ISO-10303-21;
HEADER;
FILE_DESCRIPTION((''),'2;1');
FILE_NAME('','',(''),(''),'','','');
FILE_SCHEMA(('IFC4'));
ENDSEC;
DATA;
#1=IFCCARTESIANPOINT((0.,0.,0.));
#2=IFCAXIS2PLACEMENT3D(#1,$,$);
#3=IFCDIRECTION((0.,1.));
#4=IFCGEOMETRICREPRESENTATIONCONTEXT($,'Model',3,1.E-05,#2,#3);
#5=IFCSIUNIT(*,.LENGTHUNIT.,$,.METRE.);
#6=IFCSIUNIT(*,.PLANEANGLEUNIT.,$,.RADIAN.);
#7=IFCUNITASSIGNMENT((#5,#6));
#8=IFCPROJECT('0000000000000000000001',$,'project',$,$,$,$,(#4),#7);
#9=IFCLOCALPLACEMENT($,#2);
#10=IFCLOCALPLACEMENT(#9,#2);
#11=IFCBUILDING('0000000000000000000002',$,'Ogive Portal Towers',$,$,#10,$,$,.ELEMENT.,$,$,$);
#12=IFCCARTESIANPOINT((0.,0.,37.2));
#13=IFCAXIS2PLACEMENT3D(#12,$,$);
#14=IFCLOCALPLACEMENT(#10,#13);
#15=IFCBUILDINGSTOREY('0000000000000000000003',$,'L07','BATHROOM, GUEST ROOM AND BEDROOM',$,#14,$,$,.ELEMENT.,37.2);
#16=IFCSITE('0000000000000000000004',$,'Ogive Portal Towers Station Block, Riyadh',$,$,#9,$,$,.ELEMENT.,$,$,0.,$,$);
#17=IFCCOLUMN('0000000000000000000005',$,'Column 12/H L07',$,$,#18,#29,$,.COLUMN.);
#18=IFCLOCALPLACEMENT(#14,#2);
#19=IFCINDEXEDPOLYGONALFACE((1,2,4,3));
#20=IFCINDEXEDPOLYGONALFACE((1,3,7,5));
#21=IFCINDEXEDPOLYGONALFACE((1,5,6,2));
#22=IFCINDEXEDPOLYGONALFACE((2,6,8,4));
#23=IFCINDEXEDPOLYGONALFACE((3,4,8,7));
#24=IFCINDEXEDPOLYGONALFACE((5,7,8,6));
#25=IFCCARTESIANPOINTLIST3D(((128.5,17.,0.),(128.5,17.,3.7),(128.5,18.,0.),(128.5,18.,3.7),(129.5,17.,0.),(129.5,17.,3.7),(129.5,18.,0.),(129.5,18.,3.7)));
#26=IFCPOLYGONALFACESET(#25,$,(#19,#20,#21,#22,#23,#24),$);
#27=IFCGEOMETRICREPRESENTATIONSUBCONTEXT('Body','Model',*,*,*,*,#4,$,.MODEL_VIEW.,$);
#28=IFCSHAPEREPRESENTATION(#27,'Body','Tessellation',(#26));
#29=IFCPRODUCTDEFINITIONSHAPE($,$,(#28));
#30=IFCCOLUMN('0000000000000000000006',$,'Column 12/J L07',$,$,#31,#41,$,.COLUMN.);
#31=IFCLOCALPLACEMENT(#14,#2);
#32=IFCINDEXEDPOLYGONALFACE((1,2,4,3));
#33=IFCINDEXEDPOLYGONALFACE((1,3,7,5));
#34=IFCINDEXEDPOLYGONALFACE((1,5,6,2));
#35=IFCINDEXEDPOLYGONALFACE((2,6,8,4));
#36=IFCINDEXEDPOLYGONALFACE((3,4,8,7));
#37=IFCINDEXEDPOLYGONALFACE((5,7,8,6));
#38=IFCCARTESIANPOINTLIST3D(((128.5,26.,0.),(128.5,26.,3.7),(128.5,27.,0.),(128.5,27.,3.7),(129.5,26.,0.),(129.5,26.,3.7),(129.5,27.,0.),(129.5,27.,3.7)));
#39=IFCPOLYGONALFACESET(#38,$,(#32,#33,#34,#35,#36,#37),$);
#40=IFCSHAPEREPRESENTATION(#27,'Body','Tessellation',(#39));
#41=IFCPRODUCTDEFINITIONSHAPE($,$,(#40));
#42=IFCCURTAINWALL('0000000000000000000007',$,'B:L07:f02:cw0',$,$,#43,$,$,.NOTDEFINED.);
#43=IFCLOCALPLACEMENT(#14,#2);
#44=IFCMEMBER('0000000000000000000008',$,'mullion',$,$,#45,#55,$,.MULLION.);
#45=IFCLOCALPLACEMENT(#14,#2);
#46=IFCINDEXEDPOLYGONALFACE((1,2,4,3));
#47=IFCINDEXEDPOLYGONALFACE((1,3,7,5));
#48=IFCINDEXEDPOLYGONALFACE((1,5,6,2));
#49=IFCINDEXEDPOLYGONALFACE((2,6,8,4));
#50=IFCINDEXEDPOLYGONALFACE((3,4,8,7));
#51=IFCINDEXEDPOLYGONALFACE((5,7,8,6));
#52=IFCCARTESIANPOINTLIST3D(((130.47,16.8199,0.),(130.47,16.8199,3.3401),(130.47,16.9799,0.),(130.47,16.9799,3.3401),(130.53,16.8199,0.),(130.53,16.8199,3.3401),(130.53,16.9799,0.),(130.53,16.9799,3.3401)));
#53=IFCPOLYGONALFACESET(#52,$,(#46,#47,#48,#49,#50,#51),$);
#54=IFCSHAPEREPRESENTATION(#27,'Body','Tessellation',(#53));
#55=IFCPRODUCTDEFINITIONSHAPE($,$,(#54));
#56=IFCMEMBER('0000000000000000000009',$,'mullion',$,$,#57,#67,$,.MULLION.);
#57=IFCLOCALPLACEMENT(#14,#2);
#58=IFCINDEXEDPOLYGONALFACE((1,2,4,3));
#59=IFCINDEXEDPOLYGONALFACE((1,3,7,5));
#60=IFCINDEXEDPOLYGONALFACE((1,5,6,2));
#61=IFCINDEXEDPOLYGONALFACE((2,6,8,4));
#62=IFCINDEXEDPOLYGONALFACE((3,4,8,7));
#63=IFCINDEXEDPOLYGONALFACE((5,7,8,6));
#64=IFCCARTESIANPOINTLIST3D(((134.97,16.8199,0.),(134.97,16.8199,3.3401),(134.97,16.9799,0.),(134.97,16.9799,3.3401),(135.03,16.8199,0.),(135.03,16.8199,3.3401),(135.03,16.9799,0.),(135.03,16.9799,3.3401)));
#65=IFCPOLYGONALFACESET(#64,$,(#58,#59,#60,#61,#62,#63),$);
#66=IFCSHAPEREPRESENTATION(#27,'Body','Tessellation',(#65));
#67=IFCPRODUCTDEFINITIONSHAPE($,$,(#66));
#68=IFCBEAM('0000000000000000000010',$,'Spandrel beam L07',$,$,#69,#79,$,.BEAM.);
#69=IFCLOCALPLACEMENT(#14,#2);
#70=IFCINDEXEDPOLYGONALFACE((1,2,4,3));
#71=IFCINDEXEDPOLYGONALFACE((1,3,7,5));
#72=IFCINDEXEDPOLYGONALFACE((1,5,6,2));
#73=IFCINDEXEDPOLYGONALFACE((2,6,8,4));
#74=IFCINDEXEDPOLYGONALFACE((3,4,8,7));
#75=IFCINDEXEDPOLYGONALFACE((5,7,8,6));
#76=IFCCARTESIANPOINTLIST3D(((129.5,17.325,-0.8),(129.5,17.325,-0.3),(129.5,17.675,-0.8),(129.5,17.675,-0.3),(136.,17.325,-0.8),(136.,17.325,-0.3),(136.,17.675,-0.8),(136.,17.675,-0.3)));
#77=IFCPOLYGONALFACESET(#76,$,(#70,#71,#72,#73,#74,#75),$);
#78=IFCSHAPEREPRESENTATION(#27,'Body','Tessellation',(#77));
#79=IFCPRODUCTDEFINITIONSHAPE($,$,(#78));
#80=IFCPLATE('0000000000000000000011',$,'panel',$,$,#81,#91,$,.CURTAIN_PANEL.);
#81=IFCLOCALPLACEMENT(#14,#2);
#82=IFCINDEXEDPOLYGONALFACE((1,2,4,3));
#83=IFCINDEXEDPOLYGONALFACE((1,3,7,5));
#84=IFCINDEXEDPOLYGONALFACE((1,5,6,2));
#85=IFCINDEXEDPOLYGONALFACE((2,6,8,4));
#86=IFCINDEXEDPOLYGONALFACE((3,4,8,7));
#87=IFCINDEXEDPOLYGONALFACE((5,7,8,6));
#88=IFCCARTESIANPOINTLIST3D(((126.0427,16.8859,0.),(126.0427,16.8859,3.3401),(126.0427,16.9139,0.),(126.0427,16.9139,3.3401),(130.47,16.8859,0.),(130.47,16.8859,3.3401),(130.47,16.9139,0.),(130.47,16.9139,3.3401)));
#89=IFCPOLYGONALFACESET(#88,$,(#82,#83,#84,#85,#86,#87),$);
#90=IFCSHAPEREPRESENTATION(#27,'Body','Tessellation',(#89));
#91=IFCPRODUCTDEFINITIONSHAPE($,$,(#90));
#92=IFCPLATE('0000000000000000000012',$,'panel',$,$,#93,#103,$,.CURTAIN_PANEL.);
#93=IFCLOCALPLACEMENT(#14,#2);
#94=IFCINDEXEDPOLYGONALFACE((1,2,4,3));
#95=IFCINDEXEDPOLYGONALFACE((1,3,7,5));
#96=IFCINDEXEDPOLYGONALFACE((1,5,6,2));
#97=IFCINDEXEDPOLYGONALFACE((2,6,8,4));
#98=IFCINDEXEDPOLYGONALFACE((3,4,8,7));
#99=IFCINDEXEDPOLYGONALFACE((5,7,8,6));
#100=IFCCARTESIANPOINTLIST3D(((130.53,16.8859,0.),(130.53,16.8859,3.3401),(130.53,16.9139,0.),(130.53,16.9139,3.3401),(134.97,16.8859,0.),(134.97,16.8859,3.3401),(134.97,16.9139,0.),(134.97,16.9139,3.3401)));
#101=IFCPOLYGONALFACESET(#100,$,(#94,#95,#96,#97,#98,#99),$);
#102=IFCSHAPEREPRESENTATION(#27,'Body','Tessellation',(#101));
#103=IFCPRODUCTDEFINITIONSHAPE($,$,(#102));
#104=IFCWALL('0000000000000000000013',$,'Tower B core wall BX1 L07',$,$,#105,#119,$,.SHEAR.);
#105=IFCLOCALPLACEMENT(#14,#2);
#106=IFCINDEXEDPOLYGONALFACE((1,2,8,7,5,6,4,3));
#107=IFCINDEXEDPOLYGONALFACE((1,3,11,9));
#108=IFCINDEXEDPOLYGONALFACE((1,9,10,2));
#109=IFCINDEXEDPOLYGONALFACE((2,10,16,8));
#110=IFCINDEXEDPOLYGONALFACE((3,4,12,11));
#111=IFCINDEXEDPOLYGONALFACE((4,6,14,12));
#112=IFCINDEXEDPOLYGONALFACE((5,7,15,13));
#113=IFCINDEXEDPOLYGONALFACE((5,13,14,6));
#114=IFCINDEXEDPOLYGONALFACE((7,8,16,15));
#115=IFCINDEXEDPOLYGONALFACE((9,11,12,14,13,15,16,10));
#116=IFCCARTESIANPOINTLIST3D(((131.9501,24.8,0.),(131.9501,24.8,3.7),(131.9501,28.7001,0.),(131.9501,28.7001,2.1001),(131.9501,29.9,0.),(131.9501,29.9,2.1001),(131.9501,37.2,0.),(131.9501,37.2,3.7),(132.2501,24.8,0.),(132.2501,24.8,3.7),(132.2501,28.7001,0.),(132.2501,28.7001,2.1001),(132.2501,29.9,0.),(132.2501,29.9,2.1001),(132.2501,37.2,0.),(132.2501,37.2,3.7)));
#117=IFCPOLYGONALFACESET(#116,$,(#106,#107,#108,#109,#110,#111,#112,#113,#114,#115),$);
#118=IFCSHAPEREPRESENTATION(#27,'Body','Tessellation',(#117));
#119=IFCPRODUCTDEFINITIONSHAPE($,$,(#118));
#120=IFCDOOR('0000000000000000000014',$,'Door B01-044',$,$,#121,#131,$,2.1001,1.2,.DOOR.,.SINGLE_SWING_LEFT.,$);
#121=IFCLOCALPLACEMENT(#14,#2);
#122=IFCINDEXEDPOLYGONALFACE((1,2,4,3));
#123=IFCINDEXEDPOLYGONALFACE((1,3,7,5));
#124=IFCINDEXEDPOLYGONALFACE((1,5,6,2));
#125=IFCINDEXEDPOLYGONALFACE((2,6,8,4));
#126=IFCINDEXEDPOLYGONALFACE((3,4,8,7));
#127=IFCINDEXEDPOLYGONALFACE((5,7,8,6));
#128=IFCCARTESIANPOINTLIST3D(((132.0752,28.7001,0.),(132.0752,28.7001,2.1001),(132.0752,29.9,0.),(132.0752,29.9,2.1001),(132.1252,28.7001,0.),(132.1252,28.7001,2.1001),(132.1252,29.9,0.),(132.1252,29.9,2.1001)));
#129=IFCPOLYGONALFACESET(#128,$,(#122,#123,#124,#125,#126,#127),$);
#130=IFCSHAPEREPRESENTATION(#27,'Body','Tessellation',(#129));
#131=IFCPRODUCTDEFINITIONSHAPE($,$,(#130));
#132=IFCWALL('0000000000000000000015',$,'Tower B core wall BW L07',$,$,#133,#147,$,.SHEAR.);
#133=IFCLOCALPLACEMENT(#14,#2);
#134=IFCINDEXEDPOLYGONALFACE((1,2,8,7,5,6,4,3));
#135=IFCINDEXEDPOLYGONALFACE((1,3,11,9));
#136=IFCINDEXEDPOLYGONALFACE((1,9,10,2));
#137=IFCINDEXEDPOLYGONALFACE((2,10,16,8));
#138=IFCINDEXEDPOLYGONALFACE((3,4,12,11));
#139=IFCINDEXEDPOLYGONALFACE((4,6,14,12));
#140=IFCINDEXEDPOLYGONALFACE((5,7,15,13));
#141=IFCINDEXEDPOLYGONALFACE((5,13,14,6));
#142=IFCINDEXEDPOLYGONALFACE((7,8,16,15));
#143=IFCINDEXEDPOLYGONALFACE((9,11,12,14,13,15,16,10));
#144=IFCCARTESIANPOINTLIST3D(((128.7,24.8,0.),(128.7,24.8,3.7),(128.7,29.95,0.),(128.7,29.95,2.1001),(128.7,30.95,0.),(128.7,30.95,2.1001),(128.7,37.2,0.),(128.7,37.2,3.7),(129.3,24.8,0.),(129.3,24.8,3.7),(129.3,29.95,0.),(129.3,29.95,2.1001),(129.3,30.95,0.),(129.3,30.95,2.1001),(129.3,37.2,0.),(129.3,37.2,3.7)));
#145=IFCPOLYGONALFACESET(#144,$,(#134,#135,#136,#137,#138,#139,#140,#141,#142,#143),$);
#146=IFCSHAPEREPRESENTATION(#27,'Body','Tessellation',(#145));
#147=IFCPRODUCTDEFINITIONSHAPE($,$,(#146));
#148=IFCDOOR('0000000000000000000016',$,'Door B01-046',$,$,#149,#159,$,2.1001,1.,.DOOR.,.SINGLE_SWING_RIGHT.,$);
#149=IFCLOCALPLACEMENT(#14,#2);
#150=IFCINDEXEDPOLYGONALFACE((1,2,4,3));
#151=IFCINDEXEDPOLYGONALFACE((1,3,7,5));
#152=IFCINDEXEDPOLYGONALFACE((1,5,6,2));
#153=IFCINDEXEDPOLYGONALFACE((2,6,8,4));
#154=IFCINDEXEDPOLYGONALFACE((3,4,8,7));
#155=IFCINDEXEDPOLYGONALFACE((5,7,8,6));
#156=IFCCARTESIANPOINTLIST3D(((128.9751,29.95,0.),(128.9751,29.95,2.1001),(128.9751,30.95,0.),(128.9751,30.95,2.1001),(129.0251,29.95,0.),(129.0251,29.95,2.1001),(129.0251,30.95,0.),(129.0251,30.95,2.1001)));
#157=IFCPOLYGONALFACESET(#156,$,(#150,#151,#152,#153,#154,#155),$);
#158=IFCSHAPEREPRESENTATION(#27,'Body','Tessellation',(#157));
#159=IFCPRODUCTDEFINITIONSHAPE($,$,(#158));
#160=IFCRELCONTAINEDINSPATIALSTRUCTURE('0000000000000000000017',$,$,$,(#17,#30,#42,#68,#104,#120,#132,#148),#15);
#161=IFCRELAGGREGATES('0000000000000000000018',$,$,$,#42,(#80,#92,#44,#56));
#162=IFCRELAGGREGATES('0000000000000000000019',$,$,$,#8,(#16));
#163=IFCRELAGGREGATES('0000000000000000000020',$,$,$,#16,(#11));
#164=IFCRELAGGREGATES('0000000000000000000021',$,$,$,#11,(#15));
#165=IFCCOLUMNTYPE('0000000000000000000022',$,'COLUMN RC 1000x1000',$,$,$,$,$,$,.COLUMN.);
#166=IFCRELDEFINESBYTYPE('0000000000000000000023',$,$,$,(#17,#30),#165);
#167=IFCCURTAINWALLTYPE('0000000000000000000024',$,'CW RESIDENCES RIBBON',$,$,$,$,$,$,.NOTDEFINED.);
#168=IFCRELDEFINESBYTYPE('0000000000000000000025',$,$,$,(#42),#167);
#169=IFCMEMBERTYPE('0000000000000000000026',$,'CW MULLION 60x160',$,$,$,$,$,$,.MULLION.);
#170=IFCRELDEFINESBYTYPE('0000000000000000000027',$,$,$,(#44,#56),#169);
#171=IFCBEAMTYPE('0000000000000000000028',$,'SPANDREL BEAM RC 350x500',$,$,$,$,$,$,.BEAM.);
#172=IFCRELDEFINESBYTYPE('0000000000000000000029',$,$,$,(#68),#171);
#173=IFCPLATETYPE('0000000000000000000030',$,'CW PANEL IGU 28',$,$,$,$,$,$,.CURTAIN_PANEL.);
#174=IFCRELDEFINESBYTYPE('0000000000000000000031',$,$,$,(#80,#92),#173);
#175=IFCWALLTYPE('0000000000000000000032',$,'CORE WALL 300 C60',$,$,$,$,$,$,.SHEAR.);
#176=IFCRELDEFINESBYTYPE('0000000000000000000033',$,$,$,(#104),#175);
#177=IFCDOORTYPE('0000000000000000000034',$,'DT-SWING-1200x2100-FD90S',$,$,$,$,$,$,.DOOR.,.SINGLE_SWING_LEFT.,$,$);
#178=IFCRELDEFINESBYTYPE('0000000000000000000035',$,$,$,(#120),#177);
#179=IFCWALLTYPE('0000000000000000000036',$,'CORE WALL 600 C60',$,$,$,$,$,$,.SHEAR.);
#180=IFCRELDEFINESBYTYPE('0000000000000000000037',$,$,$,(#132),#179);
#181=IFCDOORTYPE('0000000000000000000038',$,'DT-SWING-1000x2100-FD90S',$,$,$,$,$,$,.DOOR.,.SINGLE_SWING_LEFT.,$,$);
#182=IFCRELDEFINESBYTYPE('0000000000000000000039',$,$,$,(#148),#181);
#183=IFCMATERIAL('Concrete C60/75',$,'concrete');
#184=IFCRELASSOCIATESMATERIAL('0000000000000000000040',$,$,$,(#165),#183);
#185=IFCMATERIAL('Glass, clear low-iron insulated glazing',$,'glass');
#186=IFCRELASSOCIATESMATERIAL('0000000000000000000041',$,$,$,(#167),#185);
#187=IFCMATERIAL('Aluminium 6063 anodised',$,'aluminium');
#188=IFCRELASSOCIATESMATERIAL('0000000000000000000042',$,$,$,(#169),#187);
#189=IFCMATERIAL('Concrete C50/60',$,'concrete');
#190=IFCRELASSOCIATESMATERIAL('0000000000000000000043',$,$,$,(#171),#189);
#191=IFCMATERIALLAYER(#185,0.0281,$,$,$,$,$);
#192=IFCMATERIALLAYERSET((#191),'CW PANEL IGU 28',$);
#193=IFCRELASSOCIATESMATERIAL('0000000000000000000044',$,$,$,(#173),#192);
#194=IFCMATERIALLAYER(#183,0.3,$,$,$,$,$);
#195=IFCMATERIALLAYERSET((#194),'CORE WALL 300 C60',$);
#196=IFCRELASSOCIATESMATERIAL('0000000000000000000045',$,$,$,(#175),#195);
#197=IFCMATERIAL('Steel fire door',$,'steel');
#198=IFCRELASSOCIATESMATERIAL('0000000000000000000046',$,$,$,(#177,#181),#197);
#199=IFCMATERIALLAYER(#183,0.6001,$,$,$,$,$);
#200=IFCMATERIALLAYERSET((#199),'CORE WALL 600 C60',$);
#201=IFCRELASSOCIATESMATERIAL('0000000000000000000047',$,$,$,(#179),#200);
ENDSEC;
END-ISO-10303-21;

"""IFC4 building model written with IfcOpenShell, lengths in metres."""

from ifc_helpers import new_model, si_unit, direction, frame, frame_2d, origin, origin_2d, place, context, subcontext, project, spatial, rectangle, extrude, material, layer, layer_set, material_profile, profile_set, type_object, element, fill, aggregate, save


model = new_model("IFC4")

# Units and contexts
model_context = context("Model", 3, precision=1e-05, world=origin(), true_north=direction((0.0, 1.0)))
body_context = subcontext(model_context, "Body", "Model", "MODEL_VIEW")
ifc_project = project(units=[si_unit("LENGTHUNIT", "METRE"), si_unit("PLANEANGLEUNIT", "RADIAN")], contexts=[model_context])

# Site, building, storey
site_placement = place(None, origin())
site = spatial("IfcSite", under=ifc_project, at=site_placement, Name="Ogive Portal Towers Station Block, Riyadh", CompositionType="ELEMENT", RefElevation=0.0)
building_placement = place(site_placement, origin())
building = spatial("IfcBuilding", under=site, at=building_placement, Name="Ogive Portal Towers", CompositionType="ELEMENT")
storey_placement = place(building_placement, frame((0.0, 0.0, 37.2)))
storey = spatial("IfcBuildingStorey", under=building, at=storey_placement, Name="L07", Description="BATHROOM, GUEST ROOM AND BEDROOM", CompositionType="ELEMENT", Elevation=37.2)

# Columns
ifc_material_1 = material(Name="Concrete C60/75", Category="concrete")
ifc_material_profile_1 = material_profile(ifc_material_1, rectangle(XDim=1.0, YDim=1.0, at=origin_2d()), Name="RC 1000x1000")
ifc_profile_set_1 = profile_set([ifc_material_profile_1], Name="Concrete C60/75")
column_type = type_object("IfcColumnType", Name="COLUMN RC 1000x1000", PredefinedType="COLUMN", material=ifc_profile_set_1)
for number, where, z_axis, x_axis, name in (
    (1, (129.0, 17.5, 0.0), (0.0, 0.0, 1.0), (1.0, 0.0, 0.0), "Column 12/H L07"),
    (2, (129.0, 26.5, 0.0), (0.0, 0.0, 1.0), (1.0, 0.0, 0.0), "Column 12/J L07"),
):
    element("IfcColumn", number, at=place(storey_placement, frame(where, z_axis=z_axis, x_axis=x_axis)), inside=storey, type_object=column_type, Name=name, PredefinedType="COLUMN", context=body_context, shape_type="SweptSolid", body=[
        extrude(rectangle(XDim=1.0, YDim=1.0, at=origin_2d()), origin(), (0.0, 0.0, 1.0), 3.7),
    ])

# Curtain wall, members
ifc_material_2 = material(Name="Glass, clear low-iron insulated glazing", Category="glass")
curtain_wall_type = type_object("IfcCurtainWallType", Name="CW RESIDENCES RIBBON", PredefinedType="NOTDEFINED", material=ifc_material_2)
curtain_wall_placement = place(storey_placement, origin())
curtain_wall = element("IfcCurtainWall", 3, at=curtain_wall_placement, inside=storey, type_object=curtain_wall_type, Name="B:L07:f02:cw0", PredefinedType="NOTDEFINED")
ifc_material_3 = material(Name="Aluminium 6063 anodised", Category="aluminium")
ifc_material_profile_2 = material_profile(ifc_material_3, rectangle(XDim=0.1599, YDim=0.0601, at=origin_2d()), Name="AL 60x160")
ifc_profile_set_2 = profile_set([ifc_material_profile_2], Name="Aluminium 6063 anodised")
member_type = type_object("IfcMemberType", Name="CW MULLION 60x160", PredefinedType="MULLION", material=ifc_profile_set_2)
member_1_placement = place(storey_placement, frame((130.5, 16.8999, 0.0), z_axis=(0.0, 0.0, 1.0), x_axis=(0.0, 1.0, 0.0)))
member_1 = element("IfcMember", 4, at=member_1_placement, type_object=member_type, Name="mullion", PredefinedType="MULLION", context=body_context, shape_type="SweptSolid", body=[
    extrude(rectangle(XDim=0.1599, YDim=0.0601, at=origin_2d()), origin(), (0.0, 0.0, 1.0), 3.3401),
])
member_2_placement = place(storey_placement, frame((135.0, 16.8999, 0.0), z_axis=(0.0, 0.0, 1.0), x_axis=(0.0, 1.0, 0.0)))
member_2 = element("IfcMember", 5, at=member_2_placement, type_object=member_type, Name="mullion", PredefinedType="MULLION", context=body_context, shape_type="SweptSolid", body=[
    extrude(rectangle(XDim=0.1599, YDim=0.0601, at=origin_2d()), origin(), (0.0, 0.0, 1.0), 3.3401),
])

# Beam
ifc_material_4 = material(Name="Concrete C50/60", Category="concrete")
ifc_material_profile_3 = material_profile(ifc_material_4, rectangle(XDim=0.3501, YDim=0.5, at=origin_2d()), Name="RC 350x500")
ifc_profile_set_3 = profile_set([ifc_material_profile_3], Name="Concrete C50/60")
beam_type = type_object("IfcBeamType", Name="SPANDREL BEAM RC 350x500", PredefinedType="BEAM", material=ifc_profile_set_3)
beam_placement = place(storey_placement, frame((129.5, 17.5, -0.55), z_axis=(1.0, 0.0, 0.0), x_axis=(0.0, 1.0, 0.0)))
element("IfcBeam", 6, at=beam_placement, inside=storey, type_object=beam_type, Name="Spandrel beam L07", PredefinedType="BEAM", context=body_context, shape_type="SweptSolid", body=[
    extrude(rectangle(XDim=0.3501, YDim=0.5, at=origin_2d()), origin(), (0.0, 0.0, 1.0), 6.5),
])

# Plates
ifc_layer_1 = layer(ifc_material_2, 0.0281)
ifc_layer_set_1 = layer_set([ifc_layer_1], Name="CW PANEL IGU 28")
plate_type = type_object("IfcPlateType", Name="CW PANEL IGU 28", PredefinedType="CURTAIN_PANEL", material=ifc_layer_set_1)
plate_1_placement = place(storey_placement, frame((128.2563, 16.8999, 0.0), z_axis=(0.0, 0.0, 1.0), x_axis=(1.0, 0.0, 0.0)))
plate_1 = element("IfcPlate", 7, at=plate_1_placement, type_object=plate_type, Name="panel", PredefinedType="CURTAIN_PANEL", context=body_context, shape_type="SweptSolid", body=[
    extrude(rectangle(XDim=4.4272, YDim=0.0281, at=origin_2d()), origin(), (0.0, 0.0, 1.0), 3.3401),
])
plate_2_placement = place(storey_placement, frame((132.75, 16.8999, 0.0), z_axis=(0.0, 0.0, 1.0), x_axis=(1.0, 0.0, 0.0)))
plate_2 = element("IfcPlate", 8, at=plate_2_placement, type_object=plate_type, Name="panel", PredefinedType="CURTAIN_PANEL", context=body_context, shape_type="SweptSolid", body=[
    extrude(rectangle(XDim=4.4399, YDim=0.0281, at=origin_2d()), origin(), (0.0, 0.0, 1.0), 3.3401),
])
aggregate(curtain_wall, [plate_1, plate_2, member_1, member_2])

# Wall, opening, door
ifc_layer_2 = layer(ifc_material_1, 0.3)
ifc_layer_set_2 = layer_set([ifc_layer_2], Name="CORE WALL 300 C60")
wall_type_1 = type_object("IfcWallType", Name="CORE WALL 300 C60", PredefinedType="SHEAR", material=ifc_layer_set_2)
wall_1_placement = place(storey_placement, frame((132.1001, 24.8, 0.0), z_axis=(0.0, 0.0, 1.0), x_axis=(0.0, 1.0, 0.0)))
wall_1 = element("IfcWall", 9, at=wall_1_placement, inside=storey, type_object=wall_type_1, Name="Tower B core wall BX1 L07", PredefinedType="SHEAR", context=body_context, shape_type="SweptSolid", body=[
    extrude(rectangle(XDim=12.3999, YDim=0.3, at=frame_2d((6.2, 0.0))), origin(), (0.0, 0.0, 1.0), 3.7),
])
opening_1_placement = place(wall_1_placement, frame((3.8999, 0.0, 0.0)))
opening_1 = element("IfcOpeningElement", 10, at=opening_1_placement, cuts=wall_1, PredefinedType="OPENING", context=body_context, shape_type="SweptSolid", body=[
    extrude(rectangle(XDim=1.2, YDim=2.1001, at=frame_2d((0.6001, 1.05))), frame((0.0, 0.1602, 0.0), z_axis=(0.0, -1.0, 0.0), x_axis=(1.0, 0.0, 0.0)), (0.0, 0.0, 1.0), 0.3201),
])
ifc_material_5 = material(Name="Steel fire door", Category="steel")
door_type_1 = type_object("IfcDoorType", Name="DT-SWING-1200x2100-FD90S", OperationType="SINGLE_SWING_LEFT", PredefinedType="DOOR", material=ifc_material_5)
door_1_placement = place(opening_1_placement, origin())
door_1 = element("IfcDoor", 11, at=door_1_placement, inside=storey, type_object=door_type_1, Name="Door B01-044", OperationType="SINGLE_SWING_LEFT", OverallHeight=2.1001, OverallWidth=1.2, PredefinedType="DOOR", context=body_context, shape_type="SweptSolid", body=[
    extrude(rectangle(XDim=1.2, YDim=2.1001, at=frame_2d((0.6001, 1.05))), frame((0.0, 0.0249, 0.0), z_axis=(0.0, -1.0, 0.0), x_axis=(1.0, 0.0, 0.0)), (0.0, 0.0, 1.0), 0.05),
])
fill(opening_1, door_1)

# Wall, opening, door
ifc_layer_3 = layer(ifc_material_1, 0.6001)
ifc_layer_set_3 = layer_set([ifc_layer_3], Name="CORE WALL 600 C60")
wall_type_2 = type_object("IfcWallType", Name="CORE WALL 600 C60", PredefinedType="SHEAR", material=ifc_layer_set_3)
wall_2_placement = place(storey_placement, frame((129.0, 24.8, 0.0), z_axis=(0.0, 0.0, 1.0), x_axis=(0.0, 1.0, 0.0)))
wall_2 = element("IfcWall", 12, at=wall_2_placement, inside=storey, type_object=wall_type_2, Name="Tower B core wall BW L07", PredefinedType="SHEAR", context=body_context, shape_type="SweptSolid", body=[
    extrude(rectangle(XDim=12.3999, YDim=0.6001, at=frame_2d((6.2, 0.0))), origin(), (0.0, 0.0, 1.0), 3.7),
])
opening_2_placement = place(wall_2_placement, frame((5.1499, 0.0, 0.0)))
opening_2 = element("IfcOpeningElement", 13, at=opening_2_placement, cuts=wall_2, PredefinedType="OPENING", context=body_context, shape_type="SweptSolid", body=[
    extrude(rectangle(XDim=1.0, YDim=2.1001, at=frame_2d((0.5, 1.05))), frame((0.0, 0.3101, 0.0), z_axis=(0.0, -1.0, 0.0), x_axis=(1.0, 0.0, 0.0)), (0.0, 0.0, 1.0), 0.6201),
])
door_type_2 = type_object("IfcDoorType", Name="DT-SWING-1000x2100-FD90S", OperationType="SINGLE_SWING_LEFT", PredefinedType="DOOR", material=ifc_material_5)
door_2_placement = place(opening_2_placement, origin())
door_2 = element("IfcDoor", 14, at=door_2_placement, inside=storey, type_object=door_type_2, Name="Door B01-046", OperationType="SINGLE_SWING_RIGHT", OverallHeight=2.1001, OverallWidth=1.0, PredefinedType="DOOR", context=body_context, shape_type="SweptSolid", body=[
    extrude(rectangle(XDim=1.0, YDim=2.1001, at=frame_2d((0.5, 1.05))), frame((0.0, 0.0249, 0.0), z_axis=(0.0, -1.0, 0.0), x_axis=(1.0, 0.0, 0.0)), (0.0, 0.0, 1.0), 0.05),
])
fill(opening_2, door_2)

save(model, "model.ifc")
